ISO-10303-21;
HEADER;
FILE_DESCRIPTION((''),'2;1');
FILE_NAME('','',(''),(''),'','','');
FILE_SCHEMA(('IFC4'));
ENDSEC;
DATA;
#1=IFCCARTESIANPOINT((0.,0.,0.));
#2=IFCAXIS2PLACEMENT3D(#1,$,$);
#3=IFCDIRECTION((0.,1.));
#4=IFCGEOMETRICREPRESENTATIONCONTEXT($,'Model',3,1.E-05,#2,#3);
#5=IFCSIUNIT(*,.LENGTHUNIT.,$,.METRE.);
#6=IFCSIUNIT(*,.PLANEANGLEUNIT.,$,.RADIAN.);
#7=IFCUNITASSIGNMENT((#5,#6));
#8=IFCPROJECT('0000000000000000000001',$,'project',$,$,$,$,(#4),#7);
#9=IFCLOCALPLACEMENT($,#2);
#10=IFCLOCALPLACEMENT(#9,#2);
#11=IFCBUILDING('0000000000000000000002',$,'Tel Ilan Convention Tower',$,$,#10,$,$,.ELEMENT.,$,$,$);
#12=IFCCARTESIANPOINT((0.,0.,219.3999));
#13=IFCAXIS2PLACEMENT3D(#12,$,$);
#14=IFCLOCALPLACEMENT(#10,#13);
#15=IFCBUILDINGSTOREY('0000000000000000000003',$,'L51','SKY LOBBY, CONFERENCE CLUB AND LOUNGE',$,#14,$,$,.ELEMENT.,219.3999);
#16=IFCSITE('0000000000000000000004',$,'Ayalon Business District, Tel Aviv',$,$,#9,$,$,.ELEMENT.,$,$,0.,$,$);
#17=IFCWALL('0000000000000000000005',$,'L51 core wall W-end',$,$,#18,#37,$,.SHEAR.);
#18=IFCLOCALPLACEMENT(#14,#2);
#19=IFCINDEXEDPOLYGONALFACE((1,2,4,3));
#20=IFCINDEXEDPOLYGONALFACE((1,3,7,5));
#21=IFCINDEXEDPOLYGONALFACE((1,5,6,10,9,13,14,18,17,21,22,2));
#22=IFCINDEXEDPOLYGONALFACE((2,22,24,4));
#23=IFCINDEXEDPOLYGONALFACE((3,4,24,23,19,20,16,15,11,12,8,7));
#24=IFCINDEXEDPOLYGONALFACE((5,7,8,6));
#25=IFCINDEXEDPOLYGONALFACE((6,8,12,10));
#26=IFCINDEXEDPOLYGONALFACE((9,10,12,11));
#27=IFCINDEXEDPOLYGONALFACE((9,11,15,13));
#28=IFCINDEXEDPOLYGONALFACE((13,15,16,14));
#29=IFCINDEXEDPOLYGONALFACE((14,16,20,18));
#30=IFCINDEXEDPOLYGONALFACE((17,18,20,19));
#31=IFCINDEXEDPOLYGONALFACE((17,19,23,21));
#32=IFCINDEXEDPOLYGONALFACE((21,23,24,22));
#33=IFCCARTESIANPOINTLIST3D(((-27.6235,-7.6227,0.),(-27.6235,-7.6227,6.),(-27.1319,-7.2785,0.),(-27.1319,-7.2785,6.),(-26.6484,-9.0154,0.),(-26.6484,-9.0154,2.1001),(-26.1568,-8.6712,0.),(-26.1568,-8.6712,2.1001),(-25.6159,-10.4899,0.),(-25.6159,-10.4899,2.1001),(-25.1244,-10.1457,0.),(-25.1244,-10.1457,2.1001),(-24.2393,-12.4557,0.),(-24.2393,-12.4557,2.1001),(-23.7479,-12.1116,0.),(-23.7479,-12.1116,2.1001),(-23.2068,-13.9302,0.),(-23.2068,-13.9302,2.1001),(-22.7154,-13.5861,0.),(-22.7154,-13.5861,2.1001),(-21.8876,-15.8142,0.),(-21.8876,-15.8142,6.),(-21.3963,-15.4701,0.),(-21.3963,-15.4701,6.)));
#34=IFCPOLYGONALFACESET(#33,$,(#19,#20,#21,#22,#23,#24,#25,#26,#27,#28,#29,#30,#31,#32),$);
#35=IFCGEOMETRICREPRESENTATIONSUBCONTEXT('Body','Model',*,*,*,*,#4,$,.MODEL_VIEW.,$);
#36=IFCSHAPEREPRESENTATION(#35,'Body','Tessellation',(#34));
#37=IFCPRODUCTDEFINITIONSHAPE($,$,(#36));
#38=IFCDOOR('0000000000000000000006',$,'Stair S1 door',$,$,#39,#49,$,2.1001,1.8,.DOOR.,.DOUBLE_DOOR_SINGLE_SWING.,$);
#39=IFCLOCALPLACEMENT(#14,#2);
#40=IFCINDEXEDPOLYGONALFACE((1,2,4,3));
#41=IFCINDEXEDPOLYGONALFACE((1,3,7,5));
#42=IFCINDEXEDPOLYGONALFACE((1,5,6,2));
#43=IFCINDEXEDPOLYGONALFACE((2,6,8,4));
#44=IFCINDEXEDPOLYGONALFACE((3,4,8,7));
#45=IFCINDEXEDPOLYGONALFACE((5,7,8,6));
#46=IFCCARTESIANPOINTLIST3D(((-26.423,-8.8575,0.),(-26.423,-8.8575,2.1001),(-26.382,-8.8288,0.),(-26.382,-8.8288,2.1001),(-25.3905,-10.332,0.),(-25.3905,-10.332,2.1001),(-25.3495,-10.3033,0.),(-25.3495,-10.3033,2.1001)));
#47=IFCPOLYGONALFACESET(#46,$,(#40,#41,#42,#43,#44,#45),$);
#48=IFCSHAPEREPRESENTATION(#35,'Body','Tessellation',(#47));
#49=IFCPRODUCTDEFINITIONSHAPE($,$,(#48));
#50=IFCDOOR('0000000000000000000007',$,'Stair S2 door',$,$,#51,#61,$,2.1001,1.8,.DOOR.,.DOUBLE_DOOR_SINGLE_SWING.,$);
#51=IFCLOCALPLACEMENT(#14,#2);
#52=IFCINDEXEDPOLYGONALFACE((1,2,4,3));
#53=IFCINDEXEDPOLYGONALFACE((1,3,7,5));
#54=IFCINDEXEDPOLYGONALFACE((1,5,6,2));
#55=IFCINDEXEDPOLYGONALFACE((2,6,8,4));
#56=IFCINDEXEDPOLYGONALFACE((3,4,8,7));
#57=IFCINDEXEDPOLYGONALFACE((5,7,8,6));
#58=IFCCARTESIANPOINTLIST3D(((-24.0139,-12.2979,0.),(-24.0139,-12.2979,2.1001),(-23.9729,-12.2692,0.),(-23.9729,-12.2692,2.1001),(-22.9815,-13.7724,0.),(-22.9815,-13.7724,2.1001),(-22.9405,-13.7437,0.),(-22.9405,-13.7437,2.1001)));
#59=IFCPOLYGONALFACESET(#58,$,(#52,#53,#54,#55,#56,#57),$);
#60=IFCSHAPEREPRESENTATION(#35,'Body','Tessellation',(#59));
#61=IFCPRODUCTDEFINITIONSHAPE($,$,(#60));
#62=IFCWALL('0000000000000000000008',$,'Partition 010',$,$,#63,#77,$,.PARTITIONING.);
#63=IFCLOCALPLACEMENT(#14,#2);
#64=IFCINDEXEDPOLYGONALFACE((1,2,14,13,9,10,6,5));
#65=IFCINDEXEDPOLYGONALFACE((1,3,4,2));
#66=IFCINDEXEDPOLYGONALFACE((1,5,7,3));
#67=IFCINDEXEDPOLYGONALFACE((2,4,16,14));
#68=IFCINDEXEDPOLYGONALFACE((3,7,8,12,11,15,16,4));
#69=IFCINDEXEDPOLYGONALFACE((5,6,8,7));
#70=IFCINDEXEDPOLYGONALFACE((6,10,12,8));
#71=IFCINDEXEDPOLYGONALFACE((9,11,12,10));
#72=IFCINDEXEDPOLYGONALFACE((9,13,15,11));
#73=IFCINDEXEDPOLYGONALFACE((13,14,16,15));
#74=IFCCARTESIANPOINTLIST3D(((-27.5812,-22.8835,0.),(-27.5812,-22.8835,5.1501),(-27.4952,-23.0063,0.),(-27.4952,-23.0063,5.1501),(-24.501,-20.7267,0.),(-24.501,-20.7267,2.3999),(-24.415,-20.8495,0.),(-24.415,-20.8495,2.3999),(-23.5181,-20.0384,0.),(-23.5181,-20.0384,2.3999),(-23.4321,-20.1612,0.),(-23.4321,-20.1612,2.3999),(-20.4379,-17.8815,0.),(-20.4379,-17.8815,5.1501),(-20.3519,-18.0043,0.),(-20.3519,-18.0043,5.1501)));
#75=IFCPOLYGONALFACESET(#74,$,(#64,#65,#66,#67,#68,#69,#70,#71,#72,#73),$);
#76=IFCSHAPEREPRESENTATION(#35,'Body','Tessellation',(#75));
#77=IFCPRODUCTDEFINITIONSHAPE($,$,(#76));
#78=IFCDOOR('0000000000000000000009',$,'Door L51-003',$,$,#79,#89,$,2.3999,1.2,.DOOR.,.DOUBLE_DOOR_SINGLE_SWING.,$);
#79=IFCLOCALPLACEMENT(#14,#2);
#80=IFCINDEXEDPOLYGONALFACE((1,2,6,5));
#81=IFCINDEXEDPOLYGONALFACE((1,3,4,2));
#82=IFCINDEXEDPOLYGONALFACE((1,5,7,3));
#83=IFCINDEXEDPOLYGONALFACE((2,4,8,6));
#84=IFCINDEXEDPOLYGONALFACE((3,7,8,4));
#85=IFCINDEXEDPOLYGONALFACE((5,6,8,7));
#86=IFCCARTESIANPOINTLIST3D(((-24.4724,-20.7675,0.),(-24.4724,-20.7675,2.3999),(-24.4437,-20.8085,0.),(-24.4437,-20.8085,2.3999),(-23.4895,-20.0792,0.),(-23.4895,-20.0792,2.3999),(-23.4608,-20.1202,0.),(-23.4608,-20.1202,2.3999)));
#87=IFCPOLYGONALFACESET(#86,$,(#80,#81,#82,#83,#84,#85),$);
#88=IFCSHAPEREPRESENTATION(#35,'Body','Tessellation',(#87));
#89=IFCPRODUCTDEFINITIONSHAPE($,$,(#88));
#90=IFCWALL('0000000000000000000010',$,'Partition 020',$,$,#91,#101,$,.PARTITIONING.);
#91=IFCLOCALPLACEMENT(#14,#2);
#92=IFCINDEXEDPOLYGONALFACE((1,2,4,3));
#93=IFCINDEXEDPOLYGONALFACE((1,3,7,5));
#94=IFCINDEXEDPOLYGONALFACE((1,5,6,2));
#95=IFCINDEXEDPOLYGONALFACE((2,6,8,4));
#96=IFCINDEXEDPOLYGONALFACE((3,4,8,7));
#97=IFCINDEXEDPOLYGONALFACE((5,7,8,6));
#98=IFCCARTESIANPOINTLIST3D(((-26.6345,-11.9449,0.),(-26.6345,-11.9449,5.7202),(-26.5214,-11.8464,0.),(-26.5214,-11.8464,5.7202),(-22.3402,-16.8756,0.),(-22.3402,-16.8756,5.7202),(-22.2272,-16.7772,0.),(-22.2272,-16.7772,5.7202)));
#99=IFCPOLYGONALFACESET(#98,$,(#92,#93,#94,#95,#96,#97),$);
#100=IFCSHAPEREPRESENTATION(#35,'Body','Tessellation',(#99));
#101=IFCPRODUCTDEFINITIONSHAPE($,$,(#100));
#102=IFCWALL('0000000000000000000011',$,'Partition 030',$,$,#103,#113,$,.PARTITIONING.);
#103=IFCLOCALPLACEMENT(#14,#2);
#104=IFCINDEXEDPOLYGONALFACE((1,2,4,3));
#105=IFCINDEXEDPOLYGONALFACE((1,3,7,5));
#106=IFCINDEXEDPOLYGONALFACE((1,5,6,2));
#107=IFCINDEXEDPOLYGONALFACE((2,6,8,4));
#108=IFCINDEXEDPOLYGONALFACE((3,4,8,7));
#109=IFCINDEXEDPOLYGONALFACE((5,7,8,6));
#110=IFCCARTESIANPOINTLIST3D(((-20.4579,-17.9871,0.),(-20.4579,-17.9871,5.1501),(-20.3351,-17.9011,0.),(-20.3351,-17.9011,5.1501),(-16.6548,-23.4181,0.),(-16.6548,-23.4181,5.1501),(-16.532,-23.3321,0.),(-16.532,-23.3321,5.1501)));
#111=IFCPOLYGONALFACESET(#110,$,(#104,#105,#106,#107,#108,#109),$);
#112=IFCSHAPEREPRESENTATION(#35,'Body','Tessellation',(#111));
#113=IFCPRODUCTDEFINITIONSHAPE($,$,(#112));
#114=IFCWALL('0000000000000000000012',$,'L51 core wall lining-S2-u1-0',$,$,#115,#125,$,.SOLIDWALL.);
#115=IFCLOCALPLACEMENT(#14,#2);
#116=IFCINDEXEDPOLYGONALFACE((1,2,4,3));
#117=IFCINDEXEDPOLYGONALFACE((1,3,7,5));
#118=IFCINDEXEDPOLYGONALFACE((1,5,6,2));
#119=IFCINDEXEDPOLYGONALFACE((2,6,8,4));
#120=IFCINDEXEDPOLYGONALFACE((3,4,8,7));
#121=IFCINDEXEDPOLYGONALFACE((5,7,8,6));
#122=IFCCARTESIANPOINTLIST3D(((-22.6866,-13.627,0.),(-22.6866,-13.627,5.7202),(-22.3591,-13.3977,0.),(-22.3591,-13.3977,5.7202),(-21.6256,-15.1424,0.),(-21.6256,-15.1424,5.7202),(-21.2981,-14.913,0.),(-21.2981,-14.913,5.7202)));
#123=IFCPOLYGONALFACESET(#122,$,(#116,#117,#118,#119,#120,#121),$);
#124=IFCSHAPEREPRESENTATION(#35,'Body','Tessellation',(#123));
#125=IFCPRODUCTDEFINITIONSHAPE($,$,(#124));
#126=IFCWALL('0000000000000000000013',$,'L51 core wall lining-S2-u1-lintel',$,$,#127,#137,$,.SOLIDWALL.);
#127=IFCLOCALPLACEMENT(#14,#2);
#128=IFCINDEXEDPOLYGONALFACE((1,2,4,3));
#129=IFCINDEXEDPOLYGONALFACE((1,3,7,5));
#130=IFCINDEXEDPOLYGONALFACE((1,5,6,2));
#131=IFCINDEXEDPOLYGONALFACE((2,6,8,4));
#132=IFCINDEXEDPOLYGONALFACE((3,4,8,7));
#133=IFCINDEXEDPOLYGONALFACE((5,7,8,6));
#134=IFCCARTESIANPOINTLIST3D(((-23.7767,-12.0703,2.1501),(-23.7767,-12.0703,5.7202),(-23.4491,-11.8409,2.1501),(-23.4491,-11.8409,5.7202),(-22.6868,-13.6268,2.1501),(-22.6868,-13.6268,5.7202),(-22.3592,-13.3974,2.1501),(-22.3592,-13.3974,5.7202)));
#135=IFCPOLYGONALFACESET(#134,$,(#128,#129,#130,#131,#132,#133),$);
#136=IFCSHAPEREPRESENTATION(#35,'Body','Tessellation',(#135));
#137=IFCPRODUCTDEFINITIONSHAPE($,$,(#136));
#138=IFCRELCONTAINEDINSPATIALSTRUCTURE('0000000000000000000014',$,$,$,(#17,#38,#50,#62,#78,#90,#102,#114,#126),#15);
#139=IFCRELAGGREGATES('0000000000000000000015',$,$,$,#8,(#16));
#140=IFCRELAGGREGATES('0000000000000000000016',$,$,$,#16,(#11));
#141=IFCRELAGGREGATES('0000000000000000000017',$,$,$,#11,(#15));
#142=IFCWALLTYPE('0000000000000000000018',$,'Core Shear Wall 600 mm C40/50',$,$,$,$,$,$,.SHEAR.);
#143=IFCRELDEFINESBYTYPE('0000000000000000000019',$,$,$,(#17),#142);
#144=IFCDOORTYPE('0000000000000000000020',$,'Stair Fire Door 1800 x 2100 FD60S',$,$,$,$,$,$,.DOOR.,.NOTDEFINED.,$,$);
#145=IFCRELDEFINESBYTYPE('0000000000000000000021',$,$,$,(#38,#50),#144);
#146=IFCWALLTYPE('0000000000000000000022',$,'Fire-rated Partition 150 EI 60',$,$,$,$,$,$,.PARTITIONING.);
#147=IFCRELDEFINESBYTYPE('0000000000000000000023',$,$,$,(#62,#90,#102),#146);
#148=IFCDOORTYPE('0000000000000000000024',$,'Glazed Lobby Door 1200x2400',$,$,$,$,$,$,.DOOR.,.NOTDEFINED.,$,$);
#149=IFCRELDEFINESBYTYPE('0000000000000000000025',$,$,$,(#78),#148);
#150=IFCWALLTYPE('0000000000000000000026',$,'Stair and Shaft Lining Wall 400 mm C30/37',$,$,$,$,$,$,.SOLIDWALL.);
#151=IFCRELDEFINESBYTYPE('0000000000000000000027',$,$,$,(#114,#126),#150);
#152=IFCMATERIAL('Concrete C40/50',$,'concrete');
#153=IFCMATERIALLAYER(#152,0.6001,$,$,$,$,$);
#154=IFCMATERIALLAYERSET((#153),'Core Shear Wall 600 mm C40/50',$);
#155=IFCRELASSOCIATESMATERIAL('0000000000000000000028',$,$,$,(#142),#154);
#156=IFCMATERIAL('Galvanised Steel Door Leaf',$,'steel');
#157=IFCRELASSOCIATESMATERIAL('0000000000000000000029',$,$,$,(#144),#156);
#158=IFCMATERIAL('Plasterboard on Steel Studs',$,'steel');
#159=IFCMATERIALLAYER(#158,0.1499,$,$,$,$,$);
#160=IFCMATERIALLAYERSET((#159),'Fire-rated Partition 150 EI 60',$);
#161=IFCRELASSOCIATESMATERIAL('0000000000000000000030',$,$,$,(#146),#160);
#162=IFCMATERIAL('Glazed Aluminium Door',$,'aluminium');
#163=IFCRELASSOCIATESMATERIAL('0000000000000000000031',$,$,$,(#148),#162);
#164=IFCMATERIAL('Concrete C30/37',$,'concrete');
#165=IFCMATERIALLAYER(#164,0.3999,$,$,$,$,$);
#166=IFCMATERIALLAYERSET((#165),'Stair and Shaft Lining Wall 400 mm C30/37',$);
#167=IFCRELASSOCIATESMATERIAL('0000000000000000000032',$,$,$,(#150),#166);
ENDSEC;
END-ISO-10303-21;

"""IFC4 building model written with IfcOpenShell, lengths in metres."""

from ifc_helpers import new_model, si_unit, direction, frame, frame_2d, origin, place, context, subcontext, project, spatial, polyline, rectangle, outline, extrude, material, layer, layer_set, type_object, element, fill, save


model = new_model("IFC4")

# Units and contexts
model_context = context("Model", 3, precision=1e-05, world=origin(), true_north=direction((0.0, 1.0)))
body_context = subcontext(model_context, "Body", "Model", "MODEL_VIEW")
ifc_project = project(units=[si_unit("LENGTHUNIT", "METRE"), si_unit("PLANEANGLEUNIT", "RADIAN")], contexts=[model_context])

# Site, building, storey
site_placement = place(None, origin())
site = spatial("IfcSite", under=ifc_project, at=site_placement, Name="Ayalon Business District, Tel Aviv", CompositionType="ELEMENT", RefElevation=0.0)
building_placement = place(site_placement, origin())
building = spatial("IfcBuilding", under=site, at=building_placement, Name="Tel Ilan Convention Tower", CompositionType="ELEMENT")
storey_placement = place(building_placement, frame((0.0, 0.0, 219.3999)))
storey = spatial("IfcBuildingStorey", under=building, at=storey_placement, Name="L51", Description="SKY LOBBY, CONFERENCE CLUB AND LOUNGE", CompositionType="ELEMENT", Elevation=219.3999)

# Wall, openings, doors
ifc_material_1 = material(Name="Concrete C40/50", Category="concrete")
ifc_layer_1 = layer(ifc_material_1, 0.6001)
ifc_layer_set_1 = layer_set([ifc_layer_1], Name="Core Shear Wall 600 mm C40/50")
wall_type_1 = type_object("IfcWallType", Name="Core Shear Wall 600 mm C40/50", PredefinedType="SHEAR", material=ifc_layer_set_1)
wall_1_placement = place(storey_placement, frame((-21.6418, -15.6421, 0.0), z_axis=(0.0, 0.0, 1.0), x_axis=(-0.573587, 0.819145, 0.0)))
wall_1 = element("IfcWall", 1, at=wall_1_placement, inside=storey, type_object=wall_type_1, Name="L51 core wall W-end", PredefinedType="SHEAR", context=body_context, shape_type="SweptSolid", body=[
    extrude(outline(polyline([(0.0, 0.3), (0.0, -0.2998), (10.0, -0.3), (10.0, 0.3), (0.0, 0.3)])), origin(), (0.0, 0.0, 1.0), 6.0),
])
opening_1_placement = place(wall_1_placement, frame((6.5, 0.0, 0.0)))
opening_1 = element("IfcOpeningElement", 2, at=opening_1_placement, cuts=wall_1, PredefinedType="OPENING", context=body_context, shape_type="SweptSolid", body=[
    extrude(rectangle(XDim=1.8, YDim=2.1001, at=frame_2d((0.8999, 1.05))), frame((0.0, 0.3101, 0.0), z_axis=(0.0, -1.0, 0.0), x_axis=(1.0, 0.0, 0.0)), (0.0, 0.0, 1.0), 0.6201),
])
opening_2_placement = place(wall_1_placement, frame((2.3, 0.0, 0.0)))
opening_2 = element("IfcOpeningElement", 3, at=opening_2_placement, cuts=wall_1, PredefinedType="OPENING", context=body_context, shape_type="SweptSolid", body=[
    extrude(rectangle(XDim=1.8, YDim=2.1001, at=frame_2d((0.8999, 1.05))), frame((0.0, 0.3101, 0.0), z_axis=(0.0, -1.0, 0.0), x_axis=(1.0, 0.0, 0.0)), (0.0, 0.0, 1.0), 0.6201),
])
ifc_material_2 = material(Name="Galvanised Steel Door Leaf", Category="steel")
door_type_1 = type_object("IfcDoorType", Name="Stair Fire Door 1800 x 2100 FD60S", OperationType="NOTDEFINED", PredefinedType="DOOR", material=ifc_material_2)
door_1_placement = place(opening_1_placement, origin())
door_1 = element("IfcDoor", 4, at=door_1_placement, inside=storey, type_object=door_type_1, Name="Stair S1 door", OperationType="DOUBLE_DOOR_SINGLE_SWING", OverallHeight=2.1001, OverallWidth=1.8, PredefinedType="DOOR", context=body_context, shape_type="SweptSolid", body=[
    extrude(rectangle(XDim=1.8, YDim=2.1001, at=frame_2d((0.8999, 1.05))), frame((0.0, 0.0249, 0.0), z_axis=(0.0, -1.0, 0.0), x_axis=(1.0, 0.0, 0.0)), (0.0, 0.0, 1.0), 0.05),
])
fill(opening_1, door_1)
door_2_placement = place(opening_2_placement, origin())
door_2 = element("IfcDoor", 5, at=door_2_placement, inside=storey, type_object=door_type_1, Name="Stair S2 door", OperationType="DOUBLE_DOOR_SINGLE_SWING", OverallHeight=2.1001, OverallWidth=1.8, PredefinedType="DOOR", context=body_context, shape_type="SweptSolid", body=[
    extrude(rectangle(XDim=1.8, YDim=2.1001, at=frame_2d((0.8999, 1.05))), frame((0.0, 0.0249, 0.0), z_axis=(0.0, -1.0, 0.0), x_axis=(1.0, 0.0, 0.0)), (0.0, 0.0, 1.0), 0.05),
])
fill(opening_2, door_2)

# Wall, opening, door
ifc_material_3 = material(Name="Plasterboard on Steel Studs", Category="steel")
ifc_layer_2 = layer(ifc_material_3, 0.1499)
ifc_layer_set_2 = layer_set([ifc_layer_2], Name="Fire-rated Partition 150 EI 60")
wall_type_2 = type_object("IfcWallType", Name="Fire-rated Partition 150 EI 60", PredefinedType="PARTITIONING", material=ifc_layer_set_2)
wall_2_placement = place(storey_placement, frame((-20.3948, -17.9429, 0.0), z_axis=(0.0, 0.0, 1.0), x_axis=(-0.819144, -0.573588, 0.0)))
wall_2 = element("IfcWall", 6, at=wall_2_placement, inside=storey, type_object=wall_type_2, Name="Partition 010", PredefinedType="PARTITIONING", context=body_context, shape_type="SweptSolid", body=[
    extrude(rectangle(XDim=8.7205, YDim=0.1499, at=frame_2d((4.3604, 0.0))), origin(), (0.0, 0.0, 1.0), 5.1501),
])
opening_3_placement = place(wall_2_placement, frame((3.7603, 0.0, 0.0)))
opening_3 = element("IfcOpeningElement", 7, at=opening_3_placement, cuts=wall_2, PredefinedType="OPENING", context=body_context, shape_type="SweptSolid", body=[
    extrude(rectangle(XDim=1.2, YDim=2.3999, at=frame_2d((0.6001, 1.2))), frame((0.0, 0.085, 0.0), z_axis=(0.0, -1.0, 0.0), x_axis=(1.0, 0.0, 0.0)), (0.0, 0.0, 1.0), 0.1699),
])
ifc_material_4 = material(Name="Glazed Aluminium Door", Category="aluminium")
door_type_2 = type_object("IfcDoorType", Name="Glazed Lobby Door 1200x2400", OperationType="NOTDEFINED", PredefinedType="DOOR", material=ifc_material_4)
door_3_placement = place(opening_3_placement, origin())
door_3 = element("IfcDoor", 8, at=door_3_placement, inside=storey, type_object=door_type_2, Name="Door L51-003", OperationType="DOUBLE_DOOR_SINGLE_SWING", OverallHeight=2.3999, OverallWidth=1.2, PredefinedType="DOOR", context=body_context, shape_type="SweptSolid", body=[
    extrude(rectangle(XDim=1.2, YDim=2.3999, at=frame_2d((0.6001, 1.2))), frame((0.0, 0.0249, 0.0), z_axis=(0.0, -1.0, 0.0), x_axis=(1.0, 0.0, 0.0)), (0.0, 0.0, 1.0), 0.05),
])
fill(opening_3, door_3)

# Walls
wall_3_placement = place(storey_placement, frame((-22.2837, -16.8264, 0.0), z_axis=(0.0, 0.0, 1.0), x_axis=(-0.656758, 0.754101, 0.0)))
element("IfcWall", 9, at=wall_3_placement, inside=storey, type_object=wall_type_2, Name="Partition 020", PredefinedType="PARTITIONING", context=body_context, shape_type="SweptSolid", body=[
    extrude(rectangle(XDim=6.5386, YDim=0.1499, at=frame_2d((3.2693, 0.0))), origin(), (0.0, 0.0, 1.0), 5.7202),
])
wall_4_placement = place(storey_placement, frame((-16.5935, -23.375, 0.0), z_axis=(0.0, 0.0, 1.0), x_axis=(-0.573598, 0.819137, 0.0)))
element("IfcWall", 10, at=wall_4_placement, inside=storey, type_object=wall_type_2, Name="Partition 030", PredefinedType="PARTITIONING", context=body_context, shape_type="SweptSolid", body=[
    extrude(rectangle(XDim=6.6301, YDim=0.1499, at=frame_2d((3.3149, 0.0))), origin(), (0.0, 0.0, 1.0), 5.1501),
])
ifc_material_5 = material(Name="Concrete C30/37", Category="concrete")
ifc_layer_3 = layer(ifc_material_5, 0.3999)
ifc_layer_set_3 = layer_set([ifc_layer_3], Name="Stair and Shaft Lining Wall 400 mm C30/37")
wall_type_3 = type_object("IfcWallType", Name="Stair and Shaft Lining Wall 400 mm C30/37", PredefinedType="SOLIDWALL", material=ifc_layer_set_3)
wall_5_placement = place(storey_placement, frame((-21.4619, -15.0276, 0.0), z_axis=(0.0, 0.0, 1.0), x_axis=(-0.57356, 0.819164, 0.0)))
element("IfcWall", 11, at=wall_5_placement, inside=storey, type_object=wall_type_3, Name="L51 core wall lining-S2-u1-0", PredefinedType="SOLIDWALL", context=body_context, shape_type="SweptSolid", body=[
    extrude(rectangle(XDim=1.8499, YDim=0.3999, at=frame_2d((0.9248, 0.0))), origin(), (0.0, 0.0, 1.0), 5.7202),
])
wall_6_placement = place(storey_placement, frame((-22.5229, -13.5122, 2.1501), z_axis=(0.0, 0.0, 1.0), x_axis=(-0.573592, 0.819141, 0.0)))
element("IfcWall", 12, at=wall_6_placement, inside=storey, type_object=wall_type_3, Name="L51 core wall lining-S2-u1-lintel", PredefinedType="SOLIDWALL", context=body_context, shape_type="SweptSolid", body=[
    extrude(rectangle(XDim=1.9001, YDim=0.3999, at=frame_2d((0.9502, 0.0))), origin(), (0.0, 0.0, 1.0), 3.5701),
])

save(model, "model.ifc")
